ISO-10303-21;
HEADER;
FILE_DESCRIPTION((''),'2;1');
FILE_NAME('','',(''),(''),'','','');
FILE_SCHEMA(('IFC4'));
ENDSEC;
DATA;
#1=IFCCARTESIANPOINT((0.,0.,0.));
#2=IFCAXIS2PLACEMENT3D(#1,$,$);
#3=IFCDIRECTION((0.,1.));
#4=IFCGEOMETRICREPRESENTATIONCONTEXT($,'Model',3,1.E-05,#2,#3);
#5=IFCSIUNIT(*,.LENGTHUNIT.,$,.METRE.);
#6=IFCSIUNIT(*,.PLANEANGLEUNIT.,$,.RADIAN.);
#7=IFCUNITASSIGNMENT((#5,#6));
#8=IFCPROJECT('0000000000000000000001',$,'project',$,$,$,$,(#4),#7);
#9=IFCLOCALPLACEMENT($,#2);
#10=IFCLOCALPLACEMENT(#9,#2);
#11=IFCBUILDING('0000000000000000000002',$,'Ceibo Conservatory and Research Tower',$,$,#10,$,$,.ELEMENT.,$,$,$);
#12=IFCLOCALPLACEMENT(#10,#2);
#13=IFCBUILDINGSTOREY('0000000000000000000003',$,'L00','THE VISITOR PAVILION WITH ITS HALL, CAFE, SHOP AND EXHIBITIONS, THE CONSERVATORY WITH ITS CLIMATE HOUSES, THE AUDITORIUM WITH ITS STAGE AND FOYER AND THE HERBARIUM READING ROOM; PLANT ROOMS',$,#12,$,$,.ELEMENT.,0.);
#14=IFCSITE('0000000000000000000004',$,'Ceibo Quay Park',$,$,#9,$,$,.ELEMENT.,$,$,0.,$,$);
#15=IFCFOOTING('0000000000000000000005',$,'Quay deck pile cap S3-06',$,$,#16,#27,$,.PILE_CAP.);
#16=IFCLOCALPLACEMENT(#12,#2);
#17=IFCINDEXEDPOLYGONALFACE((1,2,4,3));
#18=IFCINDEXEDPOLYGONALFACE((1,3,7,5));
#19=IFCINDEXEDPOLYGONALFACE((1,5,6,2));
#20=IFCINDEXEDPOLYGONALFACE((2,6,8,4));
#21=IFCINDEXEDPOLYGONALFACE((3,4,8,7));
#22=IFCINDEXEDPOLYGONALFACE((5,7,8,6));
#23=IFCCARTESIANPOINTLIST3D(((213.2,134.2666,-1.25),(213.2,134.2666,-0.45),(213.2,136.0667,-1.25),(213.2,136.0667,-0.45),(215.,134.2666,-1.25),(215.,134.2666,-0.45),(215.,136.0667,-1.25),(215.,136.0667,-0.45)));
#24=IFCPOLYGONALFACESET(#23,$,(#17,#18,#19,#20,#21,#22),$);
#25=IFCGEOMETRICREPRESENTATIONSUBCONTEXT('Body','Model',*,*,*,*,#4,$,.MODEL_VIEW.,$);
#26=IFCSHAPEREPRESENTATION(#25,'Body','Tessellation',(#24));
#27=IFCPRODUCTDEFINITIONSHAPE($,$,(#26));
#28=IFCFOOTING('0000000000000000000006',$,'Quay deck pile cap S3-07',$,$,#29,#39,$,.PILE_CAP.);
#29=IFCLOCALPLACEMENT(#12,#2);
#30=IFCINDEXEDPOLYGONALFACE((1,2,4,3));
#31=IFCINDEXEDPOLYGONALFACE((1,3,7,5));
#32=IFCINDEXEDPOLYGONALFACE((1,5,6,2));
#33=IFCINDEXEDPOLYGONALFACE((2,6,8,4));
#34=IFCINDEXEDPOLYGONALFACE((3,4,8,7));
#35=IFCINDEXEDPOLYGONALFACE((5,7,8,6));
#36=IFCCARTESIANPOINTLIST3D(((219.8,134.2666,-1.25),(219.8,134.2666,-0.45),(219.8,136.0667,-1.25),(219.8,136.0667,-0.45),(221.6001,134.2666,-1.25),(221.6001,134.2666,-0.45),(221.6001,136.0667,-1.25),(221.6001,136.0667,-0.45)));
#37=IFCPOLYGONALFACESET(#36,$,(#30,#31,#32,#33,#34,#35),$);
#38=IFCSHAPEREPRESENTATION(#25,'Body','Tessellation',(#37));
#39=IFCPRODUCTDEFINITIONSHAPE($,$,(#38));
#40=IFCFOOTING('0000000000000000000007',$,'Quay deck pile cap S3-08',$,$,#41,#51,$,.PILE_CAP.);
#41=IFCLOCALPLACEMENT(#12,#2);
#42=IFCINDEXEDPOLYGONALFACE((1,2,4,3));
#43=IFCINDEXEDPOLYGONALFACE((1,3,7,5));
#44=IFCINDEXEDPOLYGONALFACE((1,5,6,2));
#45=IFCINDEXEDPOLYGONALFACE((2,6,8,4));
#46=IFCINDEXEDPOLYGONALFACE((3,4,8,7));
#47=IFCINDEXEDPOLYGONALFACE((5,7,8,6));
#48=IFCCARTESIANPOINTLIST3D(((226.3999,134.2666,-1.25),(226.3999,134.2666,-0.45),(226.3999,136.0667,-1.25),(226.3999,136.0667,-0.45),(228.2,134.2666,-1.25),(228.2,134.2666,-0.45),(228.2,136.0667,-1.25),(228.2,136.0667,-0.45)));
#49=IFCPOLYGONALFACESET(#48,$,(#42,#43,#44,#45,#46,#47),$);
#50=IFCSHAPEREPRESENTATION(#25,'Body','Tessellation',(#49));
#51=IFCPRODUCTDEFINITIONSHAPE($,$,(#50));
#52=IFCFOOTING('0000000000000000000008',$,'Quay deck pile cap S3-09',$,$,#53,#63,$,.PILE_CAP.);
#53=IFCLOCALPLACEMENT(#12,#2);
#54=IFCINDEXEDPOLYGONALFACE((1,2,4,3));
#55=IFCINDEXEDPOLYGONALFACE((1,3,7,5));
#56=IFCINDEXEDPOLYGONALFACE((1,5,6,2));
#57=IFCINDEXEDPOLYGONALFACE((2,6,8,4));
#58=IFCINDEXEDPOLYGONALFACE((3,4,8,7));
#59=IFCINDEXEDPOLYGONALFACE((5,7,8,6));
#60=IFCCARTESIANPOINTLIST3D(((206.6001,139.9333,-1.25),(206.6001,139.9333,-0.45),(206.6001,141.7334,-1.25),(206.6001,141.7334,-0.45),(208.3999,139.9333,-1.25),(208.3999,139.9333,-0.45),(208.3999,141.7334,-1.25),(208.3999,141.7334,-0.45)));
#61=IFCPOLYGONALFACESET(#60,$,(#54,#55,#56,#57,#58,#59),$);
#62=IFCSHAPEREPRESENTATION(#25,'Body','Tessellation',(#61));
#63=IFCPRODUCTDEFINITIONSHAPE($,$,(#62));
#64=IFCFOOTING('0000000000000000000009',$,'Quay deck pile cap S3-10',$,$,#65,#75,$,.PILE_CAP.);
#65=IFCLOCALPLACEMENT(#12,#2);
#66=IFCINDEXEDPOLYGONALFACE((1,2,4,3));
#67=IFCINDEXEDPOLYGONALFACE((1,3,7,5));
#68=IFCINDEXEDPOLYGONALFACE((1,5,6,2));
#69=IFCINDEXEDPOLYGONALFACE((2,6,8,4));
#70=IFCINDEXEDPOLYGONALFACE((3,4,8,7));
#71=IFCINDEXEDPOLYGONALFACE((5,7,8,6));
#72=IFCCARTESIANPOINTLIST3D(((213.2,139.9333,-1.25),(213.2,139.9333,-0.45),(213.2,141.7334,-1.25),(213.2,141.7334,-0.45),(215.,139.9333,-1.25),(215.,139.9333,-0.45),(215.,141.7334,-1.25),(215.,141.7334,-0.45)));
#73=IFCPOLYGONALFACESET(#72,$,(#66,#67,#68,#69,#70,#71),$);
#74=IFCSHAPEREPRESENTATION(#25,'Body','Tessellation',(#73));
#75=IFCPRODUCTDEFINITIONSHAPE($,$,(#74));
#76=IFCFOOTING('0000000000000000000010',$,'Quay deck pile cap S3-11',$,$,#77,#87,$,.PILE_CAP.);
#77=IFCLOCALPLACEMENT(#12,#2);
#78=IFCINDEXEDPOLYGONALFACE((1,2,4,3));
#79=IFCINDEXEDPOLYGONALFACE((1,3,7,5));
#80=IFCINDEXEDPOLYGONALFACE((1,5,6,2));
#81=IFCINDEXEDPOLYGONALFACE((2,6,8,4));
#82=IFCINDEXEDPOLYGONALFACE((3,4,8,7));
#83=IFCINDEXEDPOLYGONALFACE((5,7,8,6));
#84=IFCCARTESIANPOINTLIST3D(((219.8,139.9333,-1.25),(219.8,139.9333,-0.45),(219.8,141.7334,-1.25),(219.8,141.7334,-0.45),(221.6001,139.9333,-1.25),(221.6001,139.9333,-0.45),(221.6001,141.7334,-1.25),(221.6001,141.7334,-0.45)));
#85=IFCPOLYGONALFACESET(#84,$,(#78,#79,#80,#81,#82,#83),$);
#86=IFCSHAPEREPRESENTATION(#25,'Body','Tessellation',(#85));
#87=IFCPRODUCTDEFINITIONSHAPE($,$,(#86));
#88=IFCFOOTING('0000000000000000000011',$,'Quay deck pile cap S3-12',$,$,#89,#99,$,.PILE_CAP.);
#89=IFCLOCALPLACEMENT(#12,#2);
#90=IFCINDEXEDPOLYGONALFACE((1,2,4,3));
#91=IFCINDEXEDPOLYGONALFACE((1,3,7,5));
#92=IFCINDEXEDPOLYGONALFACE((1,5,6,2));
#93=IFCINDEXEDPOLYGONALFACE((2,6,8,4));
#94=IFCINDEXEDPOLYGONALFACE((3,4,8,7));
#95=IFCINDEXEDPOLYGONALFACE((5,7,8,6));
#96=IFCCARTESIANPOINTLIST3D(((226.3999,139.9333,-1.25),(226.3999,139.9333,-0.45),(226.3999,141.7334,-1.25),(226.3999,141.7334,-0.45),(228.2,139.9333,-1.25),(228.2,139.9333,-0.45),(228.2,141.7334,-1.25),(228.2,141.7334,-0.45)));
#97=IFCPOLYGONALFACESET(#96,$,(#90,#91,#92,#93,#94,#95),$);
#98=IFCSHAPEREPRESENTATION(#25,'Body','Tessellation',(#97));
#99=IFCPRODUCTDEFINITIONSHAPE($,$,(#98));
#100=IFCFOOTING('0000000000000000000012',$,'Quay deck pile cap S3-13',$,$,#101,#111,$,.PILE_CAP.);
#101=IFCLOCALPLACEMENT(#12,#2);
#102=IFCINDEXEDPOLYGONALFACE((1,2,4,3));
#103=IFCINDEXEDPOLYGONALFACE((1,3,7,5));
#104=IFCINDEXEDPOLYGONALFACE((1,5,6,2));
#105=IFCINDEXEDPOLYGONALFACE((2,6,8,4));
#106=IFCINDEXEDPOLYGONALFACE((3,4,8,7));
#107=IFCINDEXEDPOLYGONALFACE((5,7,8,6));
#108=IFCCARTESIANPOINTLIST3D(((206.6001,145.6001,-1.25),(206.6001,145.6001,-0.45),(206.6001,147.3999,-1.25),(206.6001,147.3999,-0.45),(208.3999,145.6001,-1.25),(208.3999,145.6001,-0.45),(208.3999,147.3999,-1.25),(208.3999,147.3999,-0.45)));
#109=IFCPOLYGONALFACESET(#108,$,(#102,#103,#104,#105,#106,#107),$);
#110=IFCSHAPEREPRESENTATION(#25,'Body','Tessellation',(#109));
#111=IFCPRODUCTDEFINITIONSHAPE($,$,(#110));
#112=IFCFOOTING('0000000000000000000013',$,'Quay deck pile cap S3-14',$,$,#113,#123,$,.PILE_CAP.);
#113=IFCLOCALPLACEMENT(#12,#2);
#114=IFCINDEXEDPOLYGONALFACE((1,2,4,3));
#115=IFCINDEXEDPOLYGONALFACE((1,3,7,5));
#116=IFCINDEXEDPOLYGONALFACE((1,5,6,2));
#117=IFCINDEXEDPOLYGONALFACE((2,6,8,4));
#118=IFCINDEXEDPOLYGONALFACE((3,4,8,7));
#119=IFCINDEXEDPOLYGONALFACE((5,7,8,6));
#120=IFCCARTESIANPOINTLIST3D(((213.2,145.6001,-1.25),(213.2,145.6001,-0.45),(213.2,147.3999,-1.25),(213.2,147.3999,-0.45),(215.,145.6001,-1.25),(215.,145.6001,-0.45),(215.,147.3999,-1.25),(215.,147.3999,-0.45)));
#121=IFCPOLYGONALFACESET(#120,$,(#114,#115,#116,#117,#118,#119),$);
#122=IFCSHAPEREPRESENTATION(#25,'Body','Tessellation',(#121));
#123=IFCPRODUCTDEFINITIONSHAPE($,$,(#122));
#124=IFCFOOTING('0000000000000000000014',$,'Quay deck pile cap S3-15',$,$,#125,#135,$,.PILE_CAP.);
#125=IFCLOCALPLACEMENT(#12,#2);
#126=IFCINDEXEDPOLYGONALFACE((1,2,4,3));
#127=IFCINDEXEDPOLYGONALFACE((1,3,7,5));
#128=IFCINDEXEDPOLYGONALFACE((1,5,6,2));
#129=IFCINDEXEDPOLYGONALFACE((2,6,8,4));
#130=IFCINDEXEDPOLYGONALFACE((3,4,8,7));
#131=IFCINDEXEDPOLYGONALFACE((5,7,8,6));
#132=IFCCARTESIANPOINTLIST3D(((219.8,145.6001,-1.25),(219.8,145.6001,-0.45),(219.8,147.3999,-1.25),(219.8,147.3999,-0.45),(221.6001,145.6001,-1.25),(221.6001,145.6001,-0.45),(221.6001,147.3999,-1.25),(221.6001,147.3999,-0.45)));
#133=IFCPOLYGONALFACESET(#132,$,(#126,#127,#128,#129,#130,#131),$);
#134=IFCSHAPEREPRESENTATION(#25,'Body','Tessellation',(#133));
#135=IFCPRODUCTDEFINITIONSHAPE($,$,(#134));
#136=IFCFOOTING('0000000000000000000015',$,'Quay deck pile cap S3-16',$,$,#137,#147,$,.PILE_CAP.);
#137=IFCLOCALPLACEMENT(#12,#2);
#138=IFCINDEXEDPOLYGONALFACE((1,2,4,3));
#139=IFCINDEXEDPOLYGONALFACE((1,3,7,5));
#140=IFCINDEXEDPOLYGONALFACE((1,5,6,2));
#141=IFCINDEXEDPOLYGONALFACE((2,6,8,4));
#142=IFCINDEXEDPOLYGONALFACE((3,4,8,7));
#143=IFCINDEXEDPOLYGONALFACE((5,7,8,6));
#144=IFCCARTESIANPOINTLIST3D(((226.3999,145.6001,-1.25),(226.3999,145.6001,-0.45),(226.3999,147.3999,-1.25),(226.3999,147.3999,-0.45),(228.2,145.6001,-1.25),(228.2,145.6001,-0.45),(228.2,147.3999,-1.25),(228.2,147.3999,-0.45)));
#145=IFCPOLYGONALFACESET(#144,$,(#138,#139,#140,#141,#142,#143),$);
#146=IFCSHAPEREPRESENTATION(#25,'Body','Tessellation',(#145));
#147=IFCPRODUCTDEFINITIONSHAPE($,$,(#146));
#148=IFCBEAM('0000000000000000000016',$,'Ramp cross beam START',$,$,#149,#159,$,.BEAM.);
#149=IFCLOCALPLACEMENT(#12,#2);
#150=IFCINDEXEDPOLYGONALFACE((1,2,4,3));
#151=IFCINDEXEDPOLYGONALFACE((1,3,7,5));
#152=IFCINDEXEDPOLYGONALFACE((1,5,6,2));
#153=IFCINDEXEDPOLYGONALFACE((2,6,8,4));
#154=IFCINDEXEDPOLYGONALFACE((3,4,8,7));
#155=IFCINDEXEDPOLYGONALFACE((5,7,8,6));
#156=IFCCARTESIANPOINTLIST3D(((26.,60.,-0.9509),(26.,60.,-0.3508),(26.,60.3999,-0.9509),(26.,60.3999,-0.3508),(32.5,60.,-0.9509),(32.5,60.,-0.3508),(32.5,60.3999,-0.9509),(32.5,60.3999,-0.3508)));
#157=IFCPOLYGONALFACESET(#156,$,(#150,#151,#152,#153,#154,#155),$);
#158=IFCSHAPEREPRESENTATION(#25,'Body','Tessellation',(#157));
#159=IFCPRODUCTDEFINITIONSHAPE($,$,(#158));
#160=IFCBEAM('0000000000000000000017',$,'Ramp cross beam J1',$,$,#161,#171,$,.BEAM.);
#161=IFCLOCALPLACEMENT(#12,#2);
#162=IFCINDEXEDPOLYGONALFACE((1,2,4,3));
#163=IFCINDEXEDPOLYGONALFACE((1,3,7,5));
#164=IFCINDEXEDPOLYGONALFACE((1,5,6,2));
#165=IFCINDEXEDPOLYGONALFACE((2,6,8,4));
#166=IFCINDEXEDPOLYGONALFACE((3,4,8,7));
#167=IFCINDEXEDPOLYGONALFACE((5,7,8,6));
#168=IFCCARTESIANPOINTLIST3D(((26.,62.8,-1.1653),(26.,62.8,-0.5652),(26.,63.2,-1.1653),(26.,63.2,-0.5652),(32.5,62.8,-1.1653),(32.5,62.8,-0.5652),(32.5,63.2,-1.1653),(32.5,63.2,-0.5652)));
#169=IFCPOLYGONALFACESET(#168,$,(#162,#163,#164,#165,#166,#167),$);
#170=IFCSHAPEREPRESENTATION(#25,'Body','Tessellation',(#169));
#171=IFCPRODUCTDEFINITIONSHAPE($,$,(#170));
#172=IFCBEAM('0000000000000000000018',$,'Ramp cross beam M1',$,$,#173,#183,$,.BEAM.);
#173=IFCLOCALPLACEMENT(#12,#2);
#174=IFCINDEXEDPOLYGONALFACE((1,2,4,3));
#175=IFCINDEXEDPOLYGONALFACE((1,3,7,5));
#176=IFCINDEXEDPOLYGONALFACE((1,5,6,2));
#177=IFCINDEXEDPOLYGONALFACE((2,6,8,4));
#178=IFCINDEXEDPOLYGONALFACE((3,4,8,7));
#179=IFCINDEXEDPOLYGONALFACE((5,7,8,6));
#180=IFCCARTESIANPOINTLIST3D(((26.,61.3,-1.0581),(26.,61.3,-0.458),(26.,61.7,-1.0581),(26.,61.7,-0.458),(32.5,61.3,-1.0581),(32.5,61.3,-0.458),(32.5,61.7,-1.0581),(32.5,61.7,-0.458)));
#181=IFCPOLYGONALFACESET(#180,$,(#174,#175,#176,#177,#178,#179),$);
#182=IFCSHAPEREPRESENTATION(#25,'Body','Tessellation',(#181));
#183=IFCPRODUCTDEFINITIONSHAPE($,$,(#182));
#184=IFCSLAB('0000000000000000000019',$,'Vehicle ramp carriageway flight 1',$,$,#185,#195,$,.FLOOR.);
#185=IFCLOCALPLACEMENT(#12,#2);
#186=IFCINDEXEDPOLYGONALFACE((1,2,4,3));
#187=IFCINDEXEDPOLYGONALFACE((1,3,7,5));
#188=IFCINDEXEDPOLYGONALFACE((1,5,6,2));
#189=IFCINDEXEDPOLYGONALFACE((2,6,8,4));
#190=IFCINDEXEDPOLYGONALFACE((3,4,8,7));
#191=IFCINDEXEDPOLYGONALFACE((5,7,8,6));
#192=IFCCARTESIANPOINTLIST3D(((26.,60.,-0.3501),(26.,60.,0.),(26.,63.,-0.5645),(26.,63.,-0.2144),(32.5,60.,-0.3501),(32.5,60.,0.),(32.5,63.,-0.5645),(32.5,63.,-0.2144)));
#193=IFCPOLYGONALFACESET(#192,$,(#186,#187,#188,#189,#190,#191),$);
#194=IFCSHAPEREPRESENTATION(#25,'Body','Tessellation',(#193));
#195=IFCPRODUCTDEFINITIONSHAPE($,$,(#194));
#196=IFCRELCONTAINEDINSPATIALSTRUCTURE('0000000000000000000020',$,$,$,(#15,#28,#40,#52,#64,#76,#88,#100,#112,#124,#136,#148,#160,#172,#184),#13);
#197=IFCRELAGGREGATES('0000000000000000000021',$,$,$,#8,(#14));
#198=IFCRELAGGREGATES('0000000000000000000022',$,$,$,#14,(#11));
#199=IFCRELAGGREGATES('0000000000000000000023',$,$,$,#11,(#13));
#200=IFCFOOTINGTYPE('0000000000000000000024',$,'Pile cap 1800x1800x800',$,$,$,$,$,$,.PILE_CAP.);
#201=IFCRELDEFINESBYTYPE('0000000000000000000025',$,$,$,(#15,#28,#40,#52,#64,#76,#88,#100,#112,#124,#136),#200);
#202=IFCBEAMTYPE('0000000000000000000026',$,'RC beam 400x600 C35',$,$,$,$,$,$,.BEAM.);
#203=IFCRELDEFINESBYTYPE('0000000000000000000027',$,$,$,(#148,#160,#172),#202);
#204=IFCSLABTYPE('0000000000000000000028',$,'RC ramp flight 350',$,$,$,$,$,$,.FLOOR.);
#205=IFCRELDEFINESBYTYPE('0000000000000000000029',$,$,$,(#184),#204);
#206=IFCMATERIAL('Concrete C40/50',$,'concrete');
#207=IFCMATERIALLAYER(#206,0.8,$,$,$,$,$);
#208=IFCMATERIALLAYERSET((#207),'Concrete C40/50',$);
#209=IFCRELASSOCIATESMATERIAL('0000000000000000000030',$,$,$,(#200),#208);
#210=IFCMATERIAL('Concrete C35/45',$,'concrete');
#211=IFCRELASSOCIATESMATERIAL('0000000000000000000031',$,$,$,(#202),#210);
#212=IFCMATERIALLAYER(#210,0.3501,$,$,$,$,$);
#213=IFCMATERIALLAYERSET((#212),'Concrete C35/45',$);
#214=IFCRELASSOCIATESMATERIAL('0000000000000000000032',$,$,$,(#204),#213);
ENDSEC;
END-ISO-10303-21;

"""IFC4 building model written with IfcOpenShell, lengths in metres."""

from ifc_helpers import new_model, si_unit, direction, frame, origin, origin_2d, place, context, subcontext, project, spatial, polyline, rectangle, outline, extrude, material, layer, layer_set, material_profile, profile_set, type_object, element, save


model = new_model("IFC4")

# Units and contexts
model_context = context("Model", 3, precision=1e-05, world=origin(), true_north=direction((0.0, 1.0)))
body_context = subcontext(model_context, "Body", "Model", "MODEL_VIEW")
ifc_project = project(units=[si_unit("LENGTHUNIT", "METRE"), si_unit("PLANEANGLEUNIT", "RADIAN")], contexts=[model_context])

# Site, building, storey
site_placement = place(None, origin())
site = spatial("IfcSite", under=ifc_project, at=site_placement, Name="Ceibo Quay Park", CompositionType="ELEMENT", RefElevation=0.0)
building_placement = place(site_placement, origin())
building = spatial("IfcBuilding", under=site, at=building_placement, Name="Ceibo Conservatory and Research Tower", CompositionType="ELEMENT")
storey_placement = place(building_placement, origin())
storey = spatial("IfcBuildingStorey", under=building, at=storey_placement, Name="L00", Description="THE VISITOR PAVILION WITH ITS HALL, CAFE, SHOP AND EXHIBITIONS, THE CONSERVATORY WITH ITS CLIMATE HOUSES, THE AUDITORIUM WITH ITS STAGE AND FOYER AND THE HERBARIUM READING ROOM; PLANT ROOMS", CompositionType="ELEMENT", Elevation=0.0)

# Shared definitions
ifc_material_1 = material(Name="Concrete C35/45", Category="concrete")

# Footings
ifc_material_2 = material(Name="Concrete C40/50", Category="concrete")
ifc_layer_1 = layer(ifc_material_2, 0.8)
ifc_layer_set_1 = layer_set([ifc_layer_1], Name="Concrete C40/50")
footing_type = type_object("IfcFootingType", Name="Pile cap 1800x1800x800", PredefinedType="PILE_CAP", material=ifc_layer_set_1)
footing_1_placement = place(storey_placement, frame((0.0, 0.0, -1.25)))
element("IfcFooting", 1, at=footing_1_placement, inside=storey, type_object=footing_type, Name="Quay deck pile cap S3-06", PredefinedType="PILE_CAP", context=body_context, shape_type="SweptSolid", body=[
    extrude(outline(polyline([(213.2, 134.2666), (215.0, 134.2666), (215.0, 136.0667), (213.2, 136.0667), (213.2, 134.2666)])), origin(), (0.0, 0.0, 1.0), 0.8),
])
footing_2_placement = place(storey_placement, frame((0.0, 0.0, -1.25)))
element("IfcFooting", 2, at=footing_2_placement, inside=storey, type_object=footing_type, Name="Quay deck pile cap S3-07", PredefinedType="PILE_CAP", context=body_context, shape_type="SweptSolid", body=[
    extrude(outline(polyline([(219.8, 134.2666), (221.6001, 134.2666), (221.6001, 136.0667), (219.8, 136.0667), (219.8, 134.2666)])), origin(), (0.0, 0.0, 1.0), 0.8),
])
footing_3_placement = place(storey_placement, frame((0.0, 0.0, -1.25)))
element("IfcFooting", 3, at=footing_3_placement, inside=storey, type_object=footing_type, Name="Quay deck pile cap S3-08", PredefinedType="PILE_CAP", context=body_context, shape_type="SweptSolid", body=[
    extrude(outline(polyline([(226.3999, 134.2666), (228.2, 134.2666), (228.2, 136.0667), (226.3999, 136.0667), (226.3999, 134.2666)])), origin(), (0.0, 0.0, 1.0), 0.8),
])
footing_4_placement = place(storey_placement, frame((0.0, 0.0, -1.25)))
element("IfcFooting", 4, at=footing_4_placement, inside=storey, type_object=footing_type, Name="Quay deck pile cap S3-09", PredefinedType="PILE_CAP", context=body_context, shape_type="SweptSolid", body=[
    extrude(outline(polyline([(206.6001, 139.9333), (208.3999, 139.9333), (208.3999, 141.7334), (206.6001, 141.7334), (206.6001, 139.9333)])), origin(), (0.0, 0.0, 1.0), 0.8),
])
footing_5_placement = place(storey_placement, frame((0.0, 0.0, -1.25)))
element("IfcFooting", 5, at=footing_5_placement, inside=storey, type_object=footing_type, Name="Quay deck pile cap S3-10", PredefinedType="PILE_CAP", context=body_context, shape_type="SweptSolid", body=[
    extrude(outline(polyline([(213.2, 139.9333), (215.0, 139.9333), (215.0, 141.7334), (213.2, 141.7334), (213.2, 139.9333)])), origin(), (0.0, 0.0, 1.0), 0.8),
])
footing_6_placement = place(storey_placement, frame((0.0, 0.0, -1.25)))
element("IfcFooting", 6, at=footing_6_placement, inside=storey, type_object=footing_type, Name="Quay deck pile cap S3-11", PredefinedType="PILE_CAP", context=body_context, shape_type="SweptSolid", body=[
    extrude(outline(polyline([(219.8, 139.9333), (221.6001, 139.9333), (221.6001, 141.7334), (219.8, 141.7334), (219.8, 139.9333)])), origin(), (0.0, 0.0, 1.0), 0.8),
])
footing_7_placement = place(storey_placement, frame((0.0, 0.0, -1.25)))
element("IfcFooting", 7, at=footing_7_placement, inside=storey, type_object=footing_type, Name="Quay deck pile cap S3-12", PredefinedType="PILE_CAP", context=body_context, shape_type="SweptSolid", body=[
    extrude(outline(polyline([(226.3999, 139.9333), (228.2, 139.9333), (228.2, 141.7334), (226.3999, 141.7334), (226.3999, 139.9333)])), origin(), (0.0, 0.0, 1.0), 0.8),
])
footing_8_placement = place(storey_placement, frame((0.0, 0.0, -1.25)))
element("IfcFooting", 8, at=footing_8_placement, inside=storey, type_object=footing_type, Name="Quay deck pile cap S3-13", PredefinedType="PILE_CAP", context=body_context, shape_type="SweptSolid", body=[
    extrude(outline(polyline([(206.6001, 145.6001), (208.3999, 145.6001), (208.3999, 147.3999), (206.6001, 147.3999), (206.6001, 145.6001)])), origin(), (0.0, 0.0, 1.0), 0.8),
])
footing_9_placement = place(storey_placement, frame((0.0, 0.0, -1.25)))
element("IfcFooting", 9, at=footing_9_placement, inside=storey, type_object=footing_type, Name="Quay deck pile cap S3-14", PredefinedType="PILE_CAP", context=body_context, shape_type="SweptSolid", body=[
    extrude(outline(polyline([(213.2, 145.6001), (215.0, 145.6001), (215.0, 147.3999), (213.2, 147.3999), (213.2, 145.6001)])), origin(), (0.0, 0.0, 1.0), 0.8),
])
footing_10_placement = place(storey_placement, frame((0.0, 0.0, -1.25)))
element("IfcFooting", 10, at=footing_10_placement, inside=storey, type_object=footing_type, Name="Quay deck pile cap S3-15", PredefinedType="PILE_CAP", context=body_context, shape_type="SweptSolid", body=[
    extrude(outline(polyline([(219.8, 145.6001), (221.6001, 145.6001), (221.6001, 147.3999), (219.8, 147.3999), (219.8, 145.6001)])), origin(), (0.0, 0.0, 1.0), 0.8),
])
footing_11_placement = place(storey_placement, frame((0.0, 0.0, -1.25)))
element("IfcFooting", 11, at=footing_11_placement, inside=storey, type_object=footing_type, Name="Quay deck pile cap S3-16", PredefinedType="PILE_CAP", context=body_context, shape_type="SweptSolid", body=[
    extrude(outline(polyline([(226.3999, 145.6001), (228.2, 145.6001), (228.2, 147.3999), (226.3999, 147.3999), (226.3999, 145.6001)])), origin(), (0.0, 0.0, 1.0), 0.8),
])

# Beams
ifc_material_profile_1 = material_profile(ifc_material_1, rectangle(XDim=0.3999, YDim=0.6001, at=origin_2d()), Name="RC 400x600")
ifc_profile_set_1 = profile_set([ifc_material_profile_1], Name="Concrete C35/45")
beam_type = type_object("IfcBeamType", Name="RC beam 400x600 C35", PredefinedType="BEAM", material=ifc_profile_set_1)
for number, where, z_axis, x_axis, name in (
    (12, (26.0, 60.2, -0.6509), (1.0, 0.0, 0.0), (0.0, 1.0, 0.0), "Ramp cross beam START"),
    (13, (26.0, 63.0, -0.8652), (1.0, 0.0, 0.0), (0.0, 1.0, 0.0), "Ramp cross beam J1"),
    (14, (26.0, 61.5, -0.7581), (1.0, 0.0, 0.0), (0.0, 1.0, 0.0), "Ramp cross beam M1"),
):
    element("IfcBeam", number, at=place(storey_placement, frame(where, z_axis=z_axis, x_axis=x_axis)), inside=storey, type_object=beam_type, Name=name, PredefinedType="BEAM", context=body_context, shape_type="SweptSolid", body=[
        extrude(rectangle(XDim=0.3999, YDim=0.6001, at=origin_2d()), origin(), (0.0, 0.0, 1.0), 6.5),
    ])

# Slab
ifc_layer_2 = layer(ifc_material_1, 0.3501)
ifc_layer_set_2 = layer_set([ifc_layer_2], Name="Concrete C35/45")
slab_type = type_object("IfcSlabType", Name="RC ramp flight 350", PredefinedType="FLOOR", material=ifc_layer_set_2)
slab_1_placement = place(storey_placement, frame((26.0, 60.0, 0.0), z_axis=(0.0, 0.07127, 0.997457), x_axis=(1.0, 0.0, 0.0)))
element("IfcSlab", 15, at=slab_1_placement, inside=storey, type_object=slab_type, Name="Vehicle ramp carriageway flight 1", PredefinedType="FLOOR", context=body_context, shape_type="SweptSolid", body=[
    extrude(outline(polyline([(0.0, 0.0), (6.5, 0.0), (6.5, 3.0076), (0.0, 3.0076), (0.0, 0.0)])), origin(), (0.0, 0.07127, -0.997457), 0.3501),
])

save(model, "model.ifc")
